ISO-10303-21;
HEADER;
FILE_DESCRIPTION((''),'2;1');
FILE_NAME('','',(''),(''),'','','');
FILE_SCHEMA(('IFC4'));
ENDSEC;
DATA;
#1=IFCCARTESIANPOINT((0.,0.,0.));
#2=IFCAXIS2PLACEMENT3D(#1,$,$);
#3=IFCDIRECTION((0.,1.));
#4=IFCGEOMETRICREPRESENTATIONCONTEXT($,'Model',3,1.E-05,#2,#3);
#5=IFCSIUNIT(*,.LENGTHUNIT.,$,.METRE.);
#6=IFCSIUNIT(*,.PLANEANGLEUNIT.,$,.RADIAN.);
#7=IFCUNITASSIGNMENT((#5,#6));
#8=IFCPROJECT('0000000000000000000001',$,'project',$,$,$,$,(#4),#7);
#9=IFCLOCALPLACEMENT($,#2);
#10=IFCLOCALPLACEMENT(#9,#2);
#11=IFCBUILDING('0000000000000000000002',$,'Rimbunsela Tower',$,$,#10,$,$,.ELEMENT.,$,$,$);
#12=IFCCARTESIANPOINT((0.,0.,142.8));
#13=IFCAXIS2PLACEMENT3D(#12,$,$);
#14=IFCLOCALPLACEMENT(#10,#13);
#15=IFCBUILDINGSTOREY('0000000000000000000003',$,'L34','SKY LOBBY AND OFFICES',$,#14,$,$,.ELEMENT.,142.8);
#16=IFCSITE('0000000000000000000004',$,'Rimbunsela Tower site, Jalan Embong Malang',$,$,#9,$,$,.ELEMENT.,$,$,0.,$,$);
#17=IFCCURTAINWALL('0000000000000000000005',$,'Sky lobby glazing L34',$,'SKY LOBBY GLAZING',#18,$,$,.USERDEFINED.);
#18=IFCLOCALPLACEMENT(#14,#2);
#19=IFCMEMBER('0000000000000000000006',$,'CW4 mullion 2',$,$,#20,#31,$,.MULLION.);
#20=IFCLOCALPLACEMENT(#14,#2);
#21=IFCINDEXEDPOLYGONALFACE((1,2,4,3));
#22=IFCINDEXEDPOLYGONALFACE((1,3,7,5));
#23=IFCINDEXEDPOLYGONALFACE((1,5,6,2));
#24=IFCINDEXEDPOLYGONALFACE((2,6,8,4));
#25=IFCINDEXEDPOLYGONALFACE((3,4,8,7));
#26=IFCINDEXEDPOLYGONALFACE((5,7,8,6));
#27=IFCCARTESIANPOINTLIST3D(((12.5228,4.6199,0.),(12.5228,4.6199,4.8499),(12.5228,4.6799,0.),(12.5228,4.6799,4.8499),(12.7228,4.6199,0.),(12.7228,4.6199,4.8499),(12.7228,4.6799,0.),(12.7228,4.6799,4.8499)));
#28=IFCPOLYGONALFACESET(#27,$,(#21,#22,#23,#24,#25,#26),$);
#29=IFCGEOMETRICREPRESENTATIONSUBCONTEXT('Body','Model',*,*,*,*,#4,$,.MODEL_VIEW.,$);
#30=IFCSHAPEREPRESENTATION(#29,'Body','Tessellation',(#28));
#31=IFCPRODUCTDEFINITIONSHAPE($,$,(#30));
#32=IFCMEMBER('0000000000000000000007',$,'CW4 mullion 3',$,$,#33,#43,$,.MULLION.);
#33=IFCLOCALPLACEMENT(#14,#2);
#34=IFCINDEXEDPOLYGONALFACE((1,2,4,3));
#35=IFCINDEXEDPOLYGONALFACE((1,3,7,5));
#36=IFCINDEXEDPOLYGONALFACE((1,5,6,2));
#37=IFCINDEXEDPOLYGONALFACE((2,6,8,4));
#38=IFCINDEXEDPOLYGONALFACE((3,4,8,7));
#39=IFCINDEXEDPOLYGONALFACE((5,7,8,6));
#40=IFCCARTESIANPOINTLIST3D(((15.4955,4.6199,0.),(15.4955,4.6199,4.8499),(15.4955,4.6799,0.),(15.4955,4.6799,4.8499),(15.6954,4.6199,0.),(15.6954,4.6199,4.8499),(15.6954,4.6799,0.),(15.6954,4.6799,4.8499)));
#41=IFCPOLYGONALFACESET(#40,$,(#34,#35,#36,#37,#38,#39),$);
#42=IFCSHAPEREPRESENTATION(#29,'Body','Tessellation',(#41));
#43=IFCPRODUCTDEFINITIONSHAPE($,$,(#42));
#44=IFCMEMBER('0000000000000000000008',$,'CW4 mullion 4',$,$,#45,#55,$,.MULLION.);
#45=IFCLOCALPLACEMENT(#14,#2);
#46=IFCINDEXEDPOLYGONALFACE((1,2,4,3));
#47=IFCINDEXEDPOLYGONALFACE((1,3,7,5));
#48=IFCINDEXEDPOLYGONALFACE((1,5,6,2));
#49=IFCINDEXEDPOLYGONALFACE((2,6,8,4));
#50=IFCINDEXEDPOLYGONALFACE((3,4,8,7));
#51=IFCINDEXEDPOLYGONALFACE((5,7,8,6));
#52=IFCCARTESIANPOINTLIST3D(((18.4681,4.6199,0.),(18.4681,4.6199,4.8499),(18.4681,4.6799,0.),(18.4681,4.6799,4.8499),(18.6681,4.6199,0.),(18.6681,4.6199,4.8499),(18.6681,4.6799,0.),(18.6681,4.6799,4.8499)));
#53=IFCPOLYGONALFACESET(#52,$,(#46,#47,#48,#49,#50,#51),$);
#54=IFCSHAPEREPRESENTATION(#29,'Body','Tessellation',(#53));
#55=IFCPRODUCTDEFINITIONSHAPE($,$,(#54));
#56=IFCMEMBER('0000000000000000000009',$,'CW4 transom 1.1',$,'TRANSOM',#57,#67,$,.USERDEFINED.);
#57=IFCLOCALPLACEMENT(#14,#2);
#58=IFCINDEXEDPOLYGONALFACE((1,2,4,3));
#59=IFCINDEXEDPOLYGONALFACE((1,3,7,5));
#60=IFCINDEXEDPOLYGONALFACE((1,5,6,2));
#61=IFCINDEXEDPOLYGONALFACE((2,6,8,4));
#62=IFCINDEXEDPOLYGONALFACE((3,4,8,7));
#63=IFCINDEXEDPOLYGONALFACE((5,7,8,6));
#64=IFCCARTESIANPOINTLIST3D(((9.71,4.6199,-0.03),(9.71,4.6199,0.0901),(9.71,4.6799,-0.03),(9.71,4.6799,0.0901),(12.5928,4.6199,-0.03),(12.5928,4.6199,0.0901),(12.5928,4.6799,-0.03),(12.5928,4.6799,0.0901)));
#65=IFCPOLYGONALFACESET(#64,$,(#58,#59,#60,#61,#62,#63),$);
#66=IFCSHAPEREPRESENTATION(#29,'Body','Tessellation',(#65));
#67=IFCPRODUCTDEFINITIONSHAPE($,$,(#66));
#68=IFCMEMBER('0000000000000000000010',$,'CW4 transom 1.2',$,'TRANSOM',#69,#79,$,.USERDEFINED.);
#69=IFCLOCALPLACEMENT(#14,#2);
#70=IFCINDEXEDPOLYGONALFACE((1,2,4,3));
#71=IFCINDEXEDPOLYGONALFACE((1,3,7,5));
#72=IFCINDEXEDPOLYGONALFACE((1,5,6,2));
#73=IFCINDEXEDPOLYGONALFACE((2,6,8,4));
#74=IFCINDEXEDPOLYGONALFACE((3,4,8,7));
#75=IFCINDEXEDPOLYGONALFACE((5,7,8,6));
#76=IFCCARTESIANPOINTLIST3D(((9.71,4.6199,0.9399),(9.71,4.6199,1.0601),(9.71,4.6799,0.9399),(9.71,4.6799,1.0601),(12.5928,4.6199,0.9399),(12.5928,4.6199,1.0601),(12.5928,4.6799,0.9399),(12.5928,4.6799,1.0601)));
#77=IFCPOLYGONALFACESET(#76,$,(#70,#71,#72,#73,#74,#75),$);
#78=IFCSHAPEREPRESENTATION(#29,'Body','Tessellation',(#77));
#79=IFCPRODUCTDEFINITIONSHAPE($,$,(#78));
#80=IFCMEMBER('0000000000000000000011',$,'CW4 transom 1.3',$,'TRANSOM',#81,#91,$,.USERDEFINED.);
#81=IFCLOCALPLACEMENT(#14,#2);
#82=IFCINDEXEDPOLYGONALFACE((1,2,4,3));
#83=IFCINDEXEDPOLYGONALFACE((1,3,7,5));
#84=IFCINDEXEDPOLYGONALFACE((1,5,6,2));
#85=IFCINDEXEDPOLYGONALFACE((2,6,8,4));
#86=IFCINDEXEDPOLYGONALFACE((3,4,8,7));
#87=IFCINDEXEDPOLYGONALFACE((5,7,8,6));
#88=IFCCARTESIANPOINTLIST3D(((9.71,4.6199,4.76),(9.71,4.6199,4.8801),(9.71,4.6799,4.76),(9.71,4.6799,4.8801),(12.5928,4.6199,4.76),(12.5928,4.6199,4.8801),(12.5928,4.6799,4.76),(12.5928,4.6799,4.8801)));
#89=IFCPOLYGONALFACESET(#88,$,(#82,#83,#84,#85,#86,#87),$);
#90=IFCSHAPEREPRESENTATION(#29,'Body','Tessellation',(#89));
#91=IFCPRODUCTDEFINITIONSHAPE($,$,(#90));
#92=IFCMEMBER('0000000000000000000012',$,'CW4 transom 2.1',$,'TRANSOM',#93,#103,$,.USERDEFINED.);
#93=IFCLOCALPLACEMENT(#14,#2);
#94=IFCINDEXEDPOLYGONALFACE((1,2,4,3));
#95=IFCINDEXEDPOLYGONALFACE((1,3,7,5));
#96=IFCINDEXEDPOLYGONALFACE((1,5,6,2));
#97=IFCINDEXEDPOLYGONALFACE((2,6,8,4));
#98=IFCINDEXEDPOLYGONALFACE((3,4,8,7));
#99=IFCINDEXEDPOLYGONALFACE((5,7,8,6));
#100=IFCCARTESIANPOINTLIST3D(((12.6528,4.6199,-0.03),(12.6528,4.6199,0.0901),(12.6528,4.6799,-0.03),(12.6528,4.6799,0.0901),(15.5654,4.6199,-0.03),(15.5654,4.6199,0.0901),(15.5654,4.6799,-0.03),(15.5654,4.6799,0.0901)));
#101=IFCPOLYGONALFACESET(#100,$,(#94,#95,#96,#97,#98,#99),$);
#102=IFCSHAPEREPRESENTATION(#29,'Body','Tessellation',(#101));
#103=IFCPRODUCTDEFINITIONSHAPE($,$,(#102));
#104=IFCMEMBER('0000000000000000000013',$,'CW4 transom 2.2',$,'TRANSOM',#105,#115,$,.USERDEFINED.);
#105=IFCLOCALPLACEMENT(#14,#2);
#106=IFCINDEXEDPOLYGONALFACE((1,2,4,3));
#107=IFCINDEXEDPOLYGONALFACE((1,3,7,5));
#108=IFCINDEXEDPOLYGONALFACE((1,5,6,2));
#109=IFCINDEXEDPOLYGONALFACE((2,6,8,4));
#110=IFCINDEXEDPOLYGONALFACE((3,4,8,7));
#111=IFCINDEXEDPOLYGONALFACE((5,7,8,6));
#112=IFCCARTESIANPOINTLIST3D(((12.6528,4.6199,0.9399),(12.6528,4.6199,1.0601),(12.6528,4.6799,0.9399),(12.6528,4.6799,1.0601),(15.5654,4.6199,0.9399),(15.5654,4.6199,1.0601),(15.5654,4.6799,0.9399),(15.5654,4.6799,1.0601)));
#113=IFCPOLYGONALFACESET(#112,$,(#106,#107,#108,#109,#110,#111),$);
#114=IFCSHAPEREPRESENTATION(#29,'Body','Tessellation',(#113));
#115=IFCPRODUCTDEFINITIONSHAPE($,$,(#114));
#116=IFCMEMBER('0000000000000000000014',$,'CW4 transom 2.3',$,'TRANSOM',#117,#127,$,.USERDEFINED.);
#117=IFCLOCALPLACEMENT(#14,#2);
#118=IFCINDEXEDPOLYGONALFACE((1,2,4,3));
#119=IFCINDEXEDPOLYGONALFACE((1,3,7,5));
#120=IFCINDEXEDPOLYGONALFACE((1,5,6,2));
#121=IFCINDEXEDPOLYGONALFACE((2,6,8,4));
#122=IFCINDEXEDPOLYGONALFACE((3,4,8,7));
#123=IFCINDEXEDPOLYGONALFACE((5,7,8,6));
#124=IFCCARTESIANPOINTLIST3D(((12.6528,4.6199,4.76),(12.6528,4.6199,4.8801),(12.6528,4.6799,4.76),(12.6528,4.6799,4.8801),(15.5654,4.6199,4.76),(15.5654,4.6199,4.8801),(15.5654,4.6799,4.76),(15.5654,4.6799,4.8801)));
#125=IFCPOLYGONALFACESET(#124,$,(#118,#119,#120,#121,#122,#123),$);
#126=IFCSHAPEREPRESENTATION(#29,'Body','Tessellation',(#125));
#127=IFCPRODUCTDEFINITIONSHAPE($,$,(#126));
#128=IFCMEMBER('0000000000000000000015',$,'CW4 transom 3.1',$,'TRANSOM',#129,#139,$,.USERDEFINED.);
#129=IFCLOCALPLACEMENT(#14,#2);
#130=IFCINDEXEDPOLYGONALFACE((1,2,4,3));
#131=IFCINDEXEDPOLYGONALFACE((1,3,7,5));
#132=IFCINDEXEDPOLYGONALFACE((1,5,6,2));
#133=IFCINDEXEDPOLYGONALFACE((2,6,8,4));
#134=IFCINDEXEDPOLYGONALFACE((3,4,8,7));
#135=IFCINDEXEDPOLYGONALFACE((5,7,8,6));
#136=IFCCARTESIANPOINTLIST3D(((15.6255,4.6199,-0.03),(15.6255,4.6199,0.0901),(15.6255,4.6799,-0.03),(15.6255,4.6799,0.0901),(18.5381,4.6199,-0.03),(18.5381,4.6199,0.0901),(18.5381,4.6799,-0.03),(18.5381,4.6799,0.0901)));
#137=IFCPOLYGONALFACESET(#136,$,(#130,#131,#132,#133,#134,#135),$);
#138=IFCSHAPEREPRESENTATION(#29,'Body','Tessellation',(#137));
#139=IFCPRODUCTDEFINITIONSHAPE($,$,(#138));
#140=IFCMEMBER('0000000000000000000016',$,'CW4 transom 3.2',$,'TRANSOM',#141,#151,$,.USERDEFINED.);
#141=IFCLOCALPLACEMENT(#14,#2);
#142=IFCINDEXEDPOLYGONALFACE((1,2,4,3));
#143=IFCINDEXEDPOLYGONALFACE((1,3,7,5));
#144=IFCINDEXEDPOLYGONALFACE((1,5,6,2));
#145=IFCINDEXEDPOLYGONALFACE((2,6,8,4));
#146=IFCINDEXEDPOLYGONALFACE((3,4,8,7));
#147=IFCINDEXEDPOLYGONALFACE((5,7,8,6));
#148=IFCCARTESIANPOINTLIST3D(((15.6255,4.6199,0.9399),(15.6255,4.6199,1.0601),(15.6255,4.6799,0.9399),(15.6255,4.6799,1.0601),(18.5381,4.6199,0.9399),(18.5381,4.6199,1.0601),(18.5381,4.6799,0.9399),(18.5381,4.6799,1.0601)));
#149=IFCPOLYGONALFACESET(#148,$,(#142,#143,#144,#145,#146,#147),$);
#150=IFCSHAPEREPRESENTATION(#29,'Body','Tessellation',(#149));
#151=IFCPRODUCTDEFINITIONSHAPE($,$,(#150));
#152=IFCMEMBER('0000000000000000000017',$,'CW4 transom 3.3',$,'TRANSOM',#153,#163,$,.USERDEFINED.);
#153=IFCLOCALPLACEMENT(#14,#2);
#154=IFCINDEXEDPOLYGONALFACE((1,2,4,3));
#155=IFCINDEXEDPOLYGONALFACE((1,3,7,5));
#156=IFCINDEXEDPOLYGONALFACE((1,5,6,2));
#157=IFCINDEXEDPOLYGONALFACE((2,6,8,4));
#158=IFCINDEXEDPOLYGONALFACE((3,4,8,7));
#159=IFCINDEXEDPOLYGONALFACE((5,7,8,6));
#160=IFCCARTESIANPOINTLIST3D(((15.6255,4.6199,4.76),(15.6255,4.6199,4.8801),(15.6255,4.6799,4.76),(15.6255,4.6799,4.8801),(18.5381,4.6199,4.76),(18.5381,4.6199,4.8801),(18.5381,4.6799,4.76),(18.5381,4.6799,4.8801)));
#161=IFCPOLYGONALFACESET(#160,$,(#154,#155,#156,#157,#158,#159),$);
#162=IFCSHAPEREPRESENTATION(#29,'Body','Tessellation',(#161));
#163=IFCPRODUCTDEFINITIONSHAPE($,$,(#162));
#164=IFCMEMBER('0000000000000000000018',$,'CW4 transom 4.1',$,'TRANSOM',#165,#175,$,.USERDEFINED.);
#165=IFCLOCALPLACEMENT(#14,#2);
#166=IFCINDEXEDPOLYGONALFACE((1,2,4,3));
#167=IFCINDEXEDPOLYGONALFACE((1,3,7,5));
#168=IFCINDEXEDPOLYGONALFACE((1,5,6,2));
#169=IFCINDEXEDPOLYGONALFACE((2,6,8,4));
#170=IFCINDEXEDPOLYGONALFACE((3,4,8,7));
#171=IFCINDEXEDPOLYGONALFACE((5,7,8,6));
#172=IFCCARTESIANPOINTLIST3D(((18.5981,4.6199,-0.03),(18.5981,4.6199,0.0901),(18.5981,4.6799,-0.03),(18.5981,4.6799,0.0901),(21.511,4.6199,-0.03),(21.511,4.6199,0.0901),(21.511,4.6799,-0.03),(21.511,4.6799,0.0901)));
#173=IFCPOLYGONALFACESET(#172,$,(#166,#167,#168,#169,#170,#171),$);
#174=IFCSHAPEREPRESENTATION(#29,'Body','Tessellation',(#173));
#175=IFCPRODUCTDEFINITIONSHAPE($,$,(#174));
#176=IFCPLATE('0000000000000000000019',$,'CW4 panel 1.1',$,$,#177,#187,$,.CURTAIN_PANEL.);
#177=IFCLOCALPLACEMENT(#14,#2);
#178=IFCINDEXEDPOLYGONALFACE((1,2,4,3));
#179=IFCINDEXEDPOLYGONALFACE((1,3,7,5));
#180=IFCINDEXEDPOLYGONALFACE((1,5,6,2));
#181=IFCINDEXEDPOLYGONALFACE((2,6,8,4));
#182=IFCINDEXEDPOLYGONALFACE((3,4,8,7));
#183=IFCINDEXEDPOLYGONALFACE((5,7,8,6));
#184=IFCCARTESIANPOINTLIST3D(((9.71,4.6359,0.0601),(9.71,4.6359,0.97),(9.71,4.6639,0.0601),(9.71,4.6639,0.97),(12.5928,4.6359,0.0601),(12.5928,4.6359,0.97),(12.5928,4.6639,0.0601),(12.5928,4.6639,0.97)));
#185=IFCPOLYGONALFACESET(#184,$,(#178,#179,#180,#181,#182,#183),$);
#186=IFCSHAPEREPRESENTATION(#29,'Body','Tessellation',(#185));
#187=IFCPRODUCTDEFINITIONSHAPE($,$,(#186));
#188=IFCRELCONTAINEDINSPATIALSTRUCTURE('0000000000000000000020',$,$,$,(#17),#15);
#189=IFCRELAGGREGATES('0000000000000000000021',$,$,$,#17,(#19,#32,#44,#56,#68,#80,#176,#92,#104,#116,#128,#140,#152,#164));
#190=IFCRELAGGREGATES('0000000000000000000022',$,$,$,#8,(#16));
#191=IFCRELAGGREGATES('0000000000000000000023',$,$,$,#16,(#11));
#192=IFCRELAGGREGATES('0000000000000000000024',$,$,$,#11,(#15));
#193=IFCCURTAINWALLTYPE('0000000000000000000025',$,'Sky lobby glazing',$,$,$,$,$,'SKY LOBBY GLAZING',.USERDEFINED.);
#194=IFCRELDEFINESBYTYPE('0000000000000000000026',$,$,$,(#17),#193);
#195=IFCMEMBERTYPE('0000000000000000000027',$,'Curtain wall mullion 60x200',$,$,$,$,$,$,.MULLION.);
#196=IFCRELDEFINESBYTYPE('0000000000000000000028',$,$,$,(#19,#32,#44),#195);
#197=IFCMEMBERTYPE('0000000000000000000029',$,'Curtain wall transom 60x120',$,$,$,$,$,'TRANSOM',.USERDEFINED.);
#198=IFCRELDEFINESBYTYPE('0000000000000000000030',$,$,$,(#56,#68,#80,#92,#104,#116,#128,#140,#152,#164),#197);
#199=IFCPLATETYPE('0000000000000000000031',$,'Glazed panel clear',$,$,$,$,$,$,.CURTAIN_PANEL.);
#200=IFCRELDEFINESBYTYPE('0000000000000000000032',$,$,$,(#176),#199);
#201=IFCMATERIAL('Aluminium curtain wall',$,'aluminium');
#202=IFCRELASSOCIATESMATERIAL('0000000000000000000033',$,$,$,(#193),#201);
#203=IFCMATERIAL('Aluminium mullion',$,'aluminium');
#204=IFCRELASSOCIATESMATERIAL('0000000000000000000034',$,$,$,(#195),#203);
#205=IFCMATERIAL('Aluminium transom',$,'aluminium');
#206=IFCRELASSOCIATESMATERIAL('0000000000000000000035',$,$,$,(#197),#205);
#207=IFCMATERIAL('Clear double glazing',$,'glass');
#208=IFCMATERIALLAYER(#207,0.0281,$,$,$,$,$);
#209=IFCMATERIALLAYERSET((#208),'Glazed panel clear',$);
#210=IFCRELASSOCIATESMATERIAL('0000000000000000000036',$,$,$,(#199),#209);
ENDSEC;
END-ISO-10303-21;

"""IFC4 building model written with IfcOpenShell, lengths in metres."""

from ifc_helpers import new_model, si_unit, direction, frame, origin, origin_2d, place, context, subcontext, project, spatial, rectangle, extrude, material, layer, layer_set, material_profile, profile_set, type_object, element, aggregate, save


model = new_model("IFC4")

# Units and contexts
model_context = context("Model", 3, precision=1e-05, world=origin(), true_north=direction((0.0, 1.0)))
body_context = subcontext(model_context, "Body", "Model", "MODEL_VIEW")
ifc_project = project(units=[si_unit("LENGTHUNIT", "METRE"), si_unit("PLANEANGLEUNIT", "RADIAN")], contexts=[model_context])

# Site, building, storey
site_placement = place(None, origin())
site = spatial("IfcSite", under=ifc_project, at=site_placement, Name="Rimbunsela Tower site, Jalan Embong Malang", CompositionType="ELEMENT", RefElevation=0.0)
building_placement = place(site_placement, origin())
building = spatial("IfcBuilding", under=site, at=building_placement, Name="Rimbunsela Tower", CompositionType="ELEMENT")
storey_placement = place(building_placement, frame((0.0, 0.0, 142.8)))
storey = spatial("IfcBuildingStorey", under=building, at=storey_placement, Name="L34", Description="SKY LOBBY AND OFFICES", CompositionType="ELEMENT", Elevation=142.8)

# Curtain wall, members, plate
ifc_material_1 = material(Name="Aluminium curtain wall", Category="aluminium")
curtain_wall_type = type_object("IfcCurtainWallType", Name="Sky lobby glazing", ElementType="SKY LOBBY GLAZING", PredefinedType="USERDEFINED", material=ifc_material_1)
curtain_wall_placement = place(storey_placement, origin())
curtain_wall = element("IfcCurtainWall", 1, at=curtain_wall_placement, inside=storey, type_object=curtain_wall_type, Name="Sky lobby glazing L34", ObjectType="SKY LOBBY GLAZING", PredefinedType="USERDEFINED")
ifc_material_2 = material(Name="Aluminium mullion", Category="aluminium")
ifc_material_profile_1 = material_profile(ifc_material_2, rectangle(XDim=0.0601, YDim=0.2, at=origin_2d()), Name="Mullion 60x200")
ifc_profile_set_1 = profile_set([ifc_material_profile_1], Name="Aluminium mullion")
member_type_1 = type_object("IfcMemberType", Name="Curtain wall mullion 60x200", PredefinedType="MULLION", material=ifc_profile_set_1)
member_1_placement = place(storey_placement, frame((12.6228, 4.6499, 0.0), z_axis=(0.0, 0.0, 1.0), x_axis=(0.0, 1.0, 0.0)))
member_1 = element("IfcMember", 2, at=member_1_placement, type_object=member_type_1, Name="CW4 mullion 2", PredefinedType="MULLION", context=body_context, shape_type="SweptSolid", body=[
    extrude(rectangle(XDim=0.0601, YDim=0.2, at=origin_2d()), origin(), (0.0, 0.0, 1.0), 4.8499),
])
member_2_placement = place(storey_placement, frame((15.5955, 4.6499, 0.0), z_axis=(0.0, 0.0, 1.0), x_axis=(0.0, 1.0, 0.0)))
member_2 = element("IfcMember", 3, at=member_2_placement, type_object=member_type_1, Name="CW4 mullion 3", PredefinedType="MULLION", context=body_context, shape_type="SweptSolid", body=[
    extrude(rectangle(XDim=0.0601, YDim=0.2, at=origin_2d()), origin(), (0.0, 0.0, 1.0), 4.8499),
])
member_3_placement = place(storey_placement, frame((18.5681, 4.6499, 0.0), z_axis=(0.0, 0.0, 1.0), x_axis=(0.0, 1.0, 0.0)))
member_3 = element("IfcMember", 4, at=member_3_placement, type_object=member_type_1, Name="CW4 mullion 4", PredefinedType="MULLION", context=body_context, shape_type="SweptSolid", body=[
    extrude(rectangle(XDim=0.0601, YDim=0.2, at=origin_2d()), origin(), (0.0, 0.0, 1.0), 4.8499),
])
ifc_material_3 = material(Name="Aluminium transom", Category="aluminium")
ifc_material_profile_2 = material_profile(ifc_material_3, rectangle(XDim=0.0601, YDim=0.1201, at=origin_2d()), Name="Transom 60x120")
ifc_profile_set_2 = profile_set([ifc_material_profile_2], Name="Aluminium transom")
member_type_2 = type_object("IfcMemberType", Name="Curtain wall transom 60x120", ElementType="TRANSOM", PredefinedType="USERDEFINED", material=ifc_profile_set_2)
member_4_placement = place(storey_placement, frame((9.71, 4.6499, 0.03), z_axis=(1.0, 0.0, 0.0), x_axis=(0.0, 1.0, 0.0)))
member_4 = element("IfcMember", 5, at=member_4_placement, type_object=member_type_2, Name="CW4 transom 1.1", ObjectType="TRANSOM", PredefinedType="USERDEFINED", context=body_context, shape_type="SweptSolid", body=[
    extrude(rectangle(XDim=0.0601, YDim=0.1201, at=origin_2d()), origin(), (0.0, 0.0, 1.0), 2.8828),
])
member_5_placement = place(storey_placement, frame((9.71, 4.6499, 1.0), z_axis=(1.0, 0.0, 0.0), x_axis=(0.0, 1.0, 0.0)))
member_5 = element("IfcMember", 6, at=member_5_placement, type_object=member_type_2, Name="CW4 transom 1.2", ObjectType="TRANSOM", PredefinedType="USERDEFINED", context=body_context, shape_type="SweptSolid", body=[
    extrude(rectangle(XDim=0.0601, YDim=0.1201, at=origin_2d()), origin(), (0.0, 0.0, 1.0), 2.8828),
])
member_6_placement = place(storey_placement, frame((9.71, 4.6499, 4.8201), z_axis=(1.0, 0.0, 0.0), x_axis=(0.0, 1.0, 0.0)))
member_6 = element("IfcMember", 7, at=member_6_placement, type_object=member_type_2, Name="CW4 transom 1.3", ObjectType="TRANSOM", PredefinedType="USERDEFINED", context=body_context, shape_type="SweptSolid", body=[
    extrude(rectangle(XDim=0.0601, YDim=0.1201, at=origin_2d()), origin(), (0.0, 0.0, 1.0), 2.8828),
])
member_7_placement = place(storey_placement, frame((12.6528, 4.6499, 0.03), z_axis=(1.0, 0.0, 0.0), x_axis=(0.0, 1.0, 0.0)))
member_7 = element("IfcMember", 8, at=member_7_placement, type_object=member_type_2, Name="CW4 transom 2.1", ObjectType="TRANSOM", PredefinedType="USERDEFINED", context=body_context, shape_type="SweptSolid", body=[
    extrude(rectangle(XDim=0.0601, YDim=0.1201, at=origin_2d()), origin(), (0.0, 0.0, 1.0), 2.9126),
])
member_8_placement = place(storey_placement, frame((12.6528, 4.6499, 1.0), z_axis=(1.0, 0.0, 0.0), x_axis=(0.0, 1.0, 0.0)))
member_8 = element("IfcMember", 9, at=member_8_placement, type_object=member_type_2, Name="CW4 transom 2.2", ObjectType="TRANSOM", PredefinedType="USERDEFINED", context=body_context, shape_type="SweptSolid", body=[
    extrude(rectangle(XDim=0.0601, YDim=0.1201, at=origin_2d()), origin(), (0.0, 0.0, 1.0), 2.9126),
])
member_9_placement = place(storey_placement, frame((12.6528, 4.6499, 4.8201), z_axis=(1.0, 0.0, 0.0), x_axis=(0.0, 1.0, 0.0)))
member_9 = element("IfcMember", 10, at=member_9_placement, type_object=member_type_2, Name="CW4 transom 2.3", ObjectType="TRANSOM", PredefinedType="USERDEFINED", context=body_context, shape_type="SweptSolid", body=[
    extrude(rectangle(XDim=0.0601, YDim=0.1201, at=origin_2d()), origin(), (0.0, 0.0, 1.0), 2.9126),
])
member_10_placement = place(storey_placement, frame((15.6255, 4.6499, 0.03), z_axis=(1.0, 0.0, 0.0), x_axis=(0.0, 1.0, 0.0)))
member_10 = element("IfcMember", 11, at=member_10_placement, type_object=member_type_2, Name="CW4 transom 3.1", ObjectType="TRANSOM", PredefinedType="USERDEFINED", context=body_context, shape_type="SweptSolid", body=[
    extrude(rectangle(XDim=0.0601, YDim=0.1201, at=origin_2d()), origin(), (0.0, 0.0, 1.0), 2.9126),
])
member_11_placement = place(storey_placement, frame((15.6255, 4.6499, 1.0), z_axis=(1.0, 0.0, 0.0), x_axis=(0.0, 1.0, 0.0)))
member_11 = element("IfcMember", 12, at=member_11_placement, type_object=member_type_2, Name="CW4 transom 3.2", ObjectType="TRANSOM", PredefinedType="USERDEFINED", context=body_context, shape_type="SweptSolid", body=[
    extrude(rectangle(XDim=0.0601, YDim=0.1201, at=origin_2d()), origin(), (0.0, 0.0, 1.0), 2.9126),
])
member_12_placement = place(storey_placement, frame((15.6255, 4.6499, 4.8201), z_axis=(1.0, 0.0, 0.0), x_axis=(0.0, 1.0, 0.0)))
member_12 = element("IfcMember", 13, at=member_12_placement, type_object=member_type_2, Name="CW4 transom 3.3", ObjectType="TRANSOM", PredefinedType="USERDEFINED", context=body_context, shape_type="SweptSolid", body=[
    extrude(rectangle(XDim=0.0601, YDim=0.1201, at=origin_2d()), origin(), (0.0, 0.0, 1.0), 2.9126),
])
member_13_placement = place(storey_placement, frame((18.5981, 4.6499, 0.03), z_axis=(1.0, 0.0, 0.0), x_axis=(0.0, 1.0, 0.0)))
member_13 = element("IfcMember", 14, at=member_13_placement, type_object=member_type_2, Name="CW4 transom 4.1", ObjectType="TRANSOM", PredefinedType="USERDEFINED", context=body_context, shape_type="SweptSolid", body=[
    extrude(rectangle(XDim=0.0601, YDim=0.1201, at=origin_2d()), origin(), (0.0, 0.0, 1.0), 2.9128),
])
ifc_material_4 = material(Name="Clear double glazing", Category="glass")
ifc_layer_1 = layer(ifc_material_4, 0.0281)
ifc_layer_set_1 = layer_set([ifc_layer_1], Name="Glazed panel clear")
plate_type = type_object("IfcPlateType", Name="Glazed panel clear", PredefinedType="CURTAIN_PANEL", material=ifc_layer_set_1)
plate_1_placement = place(storey_placement, frame((11.1514, 4.6499, 0.0601), z_axis=(0.0, 0.0, 1.0), x_axis=(1.0, 0.0, 0.0)))
plate_1 = element("IfcPlate", 15, at=plate_1_placement, type_object=plate_type, Name="CW4 panel 1.1", PredefinedType="CURTAIN_PANEL", context=body_context, shape_type="SweptSolid", body=[
    extrude(rectangle(XDim=2.8828, YDim=0.0281, at=origin_2d()), origin(), (0.0, 0.0, 1.0), 0.9099),
])
aggregate(curtain_wall, [member_1, member_2, member_3, member_4, member_5, member_6, plate_1, member_7, member_8, member_9, member_10, member_11, member_12, member_13])

save(model, "model.ifc")
